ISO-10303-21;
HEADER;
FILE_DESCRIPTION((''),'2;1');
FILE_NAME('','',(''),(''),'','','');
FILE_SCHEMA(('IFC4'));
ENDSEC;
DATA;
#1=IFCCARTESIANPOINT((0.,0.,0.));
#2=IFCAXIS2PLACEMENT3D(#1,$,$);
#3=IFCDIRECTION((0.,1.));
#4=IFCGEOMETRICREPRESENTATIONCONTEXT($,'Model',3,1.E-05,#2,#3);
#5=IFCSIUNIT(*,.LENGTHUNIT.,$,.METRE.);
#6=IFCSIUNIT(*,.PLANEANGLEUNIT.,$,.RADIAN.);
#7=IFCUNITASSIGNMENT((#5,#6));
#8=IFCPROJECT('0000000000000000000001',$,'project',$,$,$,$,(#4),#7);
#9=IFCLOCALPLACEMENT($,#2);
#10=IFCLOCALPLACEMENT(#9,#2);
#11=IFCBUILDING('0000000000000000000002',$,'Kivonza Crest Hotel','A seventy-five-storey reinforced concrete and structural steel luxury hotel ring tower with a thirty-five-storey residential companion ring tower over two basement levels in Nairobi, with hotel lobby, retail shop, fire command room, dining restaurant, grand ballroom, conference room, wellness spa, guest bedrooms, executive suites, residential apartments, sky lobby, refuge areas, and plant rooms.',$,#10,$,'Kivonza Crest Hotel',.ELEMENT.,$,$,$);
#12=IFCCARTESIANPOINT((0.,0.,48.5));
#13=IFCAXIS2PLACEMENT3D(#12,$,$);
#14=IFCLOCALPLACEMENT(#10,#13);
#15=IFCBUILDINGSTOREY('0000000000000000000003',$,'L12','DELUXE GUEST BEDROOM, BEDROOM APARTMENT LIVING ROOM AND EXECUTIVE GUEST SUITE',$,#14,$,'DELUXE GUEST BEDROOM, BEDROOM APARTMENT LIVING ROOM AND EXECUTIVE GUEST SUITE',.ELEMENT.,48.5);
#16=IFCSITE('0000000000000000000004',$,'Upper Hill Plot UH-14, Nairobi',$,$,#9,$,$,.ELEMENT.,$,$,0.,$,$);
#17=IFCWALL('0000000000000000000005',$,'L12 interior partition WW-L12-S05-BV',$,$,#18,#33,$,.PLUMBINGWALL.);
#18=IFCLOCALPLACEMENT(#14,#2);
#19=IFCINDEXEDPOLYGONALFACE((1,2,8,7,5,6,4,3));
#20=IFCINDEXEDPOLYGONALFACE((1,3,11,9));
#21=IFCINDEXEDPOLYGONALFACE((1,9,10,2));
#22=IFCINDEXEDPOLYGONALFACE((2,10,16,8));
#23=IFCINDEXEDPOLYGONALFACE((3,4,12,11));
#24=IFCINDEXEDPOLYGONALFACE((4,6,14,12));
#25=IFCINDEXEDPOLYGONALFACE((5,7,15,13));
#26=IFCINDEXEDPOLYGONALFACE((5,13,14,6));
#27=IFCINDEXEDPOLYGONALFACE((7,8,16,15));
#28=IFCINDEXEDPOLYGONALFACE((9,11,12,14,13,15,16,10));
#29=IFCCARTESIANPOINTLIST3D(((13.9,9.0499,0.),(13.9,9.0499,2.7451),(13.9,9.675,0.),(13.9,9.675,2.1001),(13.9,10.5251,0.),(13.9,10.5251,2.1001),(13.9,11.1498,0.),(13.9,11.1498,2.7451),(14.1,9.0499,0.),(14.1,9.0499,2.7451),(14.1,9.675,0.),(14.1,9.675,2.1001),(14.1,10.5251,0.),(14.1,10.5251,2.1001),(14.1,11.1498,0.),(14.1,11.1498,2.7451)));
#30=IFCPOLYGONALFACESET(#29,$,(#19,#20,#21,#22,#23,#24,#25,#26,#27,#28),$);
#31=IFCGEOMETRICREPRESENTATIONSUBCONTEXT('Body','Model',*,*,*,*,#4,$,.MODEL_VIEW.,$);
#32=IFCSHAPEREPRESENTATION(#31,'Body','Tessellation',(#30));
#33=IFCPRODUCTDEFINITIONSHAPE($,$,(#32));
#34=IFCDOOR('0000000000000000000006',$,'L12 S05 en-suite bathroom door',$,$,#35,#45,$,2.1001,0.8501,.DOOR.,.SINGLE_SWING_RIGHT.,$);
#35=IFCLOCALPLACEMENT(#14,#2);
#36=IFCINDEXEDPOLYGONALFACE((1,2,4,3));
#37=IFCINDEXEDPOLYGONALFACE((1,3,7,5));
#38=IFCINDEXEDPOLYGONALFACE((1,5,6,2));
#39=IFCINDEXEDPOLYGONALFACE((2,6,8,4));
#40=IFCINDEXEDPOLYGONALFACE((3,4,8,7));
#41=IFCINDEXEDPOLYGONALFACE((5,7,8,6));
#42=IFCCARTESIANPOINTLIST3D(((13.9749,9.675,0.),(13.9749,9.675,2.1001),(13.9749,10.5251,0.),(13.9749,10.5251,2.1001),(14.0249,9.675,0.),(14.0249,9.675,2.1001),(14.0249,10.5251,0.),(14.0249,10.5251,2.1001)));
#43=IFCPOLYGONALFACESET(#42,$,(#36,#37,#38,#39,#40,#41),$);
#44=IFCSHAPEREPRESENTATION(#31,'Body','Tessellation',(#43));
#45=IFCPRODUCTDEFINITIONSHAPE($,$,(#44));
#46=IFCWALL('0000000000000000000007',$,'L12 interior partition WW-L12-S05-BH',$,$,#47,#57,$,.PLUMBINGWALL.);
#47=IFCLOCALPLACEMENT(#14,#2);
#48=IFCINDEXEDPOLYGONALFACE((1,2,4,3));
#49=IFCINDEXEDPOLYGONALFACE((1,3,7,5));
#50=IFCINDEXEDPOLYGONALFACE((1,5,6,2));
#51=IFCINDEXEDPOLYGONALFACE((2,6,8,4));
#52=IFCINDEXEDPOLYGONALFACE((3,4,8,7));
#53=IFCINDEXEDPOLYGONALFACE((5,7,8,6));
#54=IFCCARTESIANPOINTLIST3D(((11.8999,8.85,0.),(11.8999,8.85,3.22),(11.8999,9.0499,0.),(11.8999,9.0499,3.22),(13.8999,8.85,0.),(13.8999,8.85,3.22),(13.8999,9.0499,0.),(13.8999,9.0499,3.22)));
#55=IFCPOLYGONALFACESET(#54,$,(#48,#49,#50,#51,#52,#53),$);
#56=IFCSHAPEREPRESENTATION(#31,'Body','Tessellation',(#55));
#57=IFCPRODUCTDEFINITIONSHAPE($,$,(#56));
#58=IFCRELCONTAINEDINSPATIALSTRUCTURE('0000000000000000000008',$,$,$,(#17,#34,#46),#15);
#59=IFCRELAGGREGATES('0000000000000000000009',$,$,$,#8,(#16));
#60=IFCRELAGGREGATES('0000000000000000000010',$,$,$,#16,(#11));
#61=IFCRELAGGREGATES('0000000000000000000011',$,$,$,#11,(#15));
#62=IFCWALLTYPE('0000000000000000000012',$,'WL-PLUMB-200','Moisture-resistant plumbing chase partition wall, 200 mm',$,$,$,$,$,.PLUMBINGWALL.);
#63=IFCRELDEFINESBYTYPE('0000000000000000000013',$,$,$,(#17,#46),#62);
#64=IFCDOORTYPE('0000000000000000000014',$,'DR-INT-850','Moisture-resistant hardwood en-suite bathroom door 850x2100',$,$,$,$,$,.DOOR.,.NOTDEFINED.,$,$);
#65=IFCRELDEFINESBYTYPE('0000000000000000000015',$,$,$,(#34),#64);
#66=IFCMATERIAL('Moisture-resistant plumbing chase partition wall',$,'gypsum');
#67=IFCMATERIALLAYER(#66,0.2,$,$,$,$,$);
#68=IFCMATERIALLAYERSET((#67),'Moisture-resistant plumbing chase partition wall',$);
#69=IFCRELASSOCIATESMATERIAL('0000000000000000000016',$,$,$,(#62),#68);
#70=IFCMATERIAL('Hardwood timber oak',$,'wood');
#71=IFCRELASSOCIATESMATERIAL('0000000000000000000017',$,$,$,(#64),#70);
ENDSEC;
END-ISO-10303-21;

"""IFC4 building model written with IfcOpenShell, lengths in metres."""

from ifc_helpers import new_model, si_unit, direction, frame, frame_2d, origin, place, context, subcontext, project, spatial, rectangle, extrude, material, layer, layer_set, type_object, element, fill, save


model = new_model("IFC4")

# Units and contexts
model_context = context("Model", 3, precision=1e-05, world=origin(), true_north=direction((0.0, 1.0)))
body_context = subcontext(model_context, "Body", "Model", "MODEL_VIEW")
ifc_project = project(units=[si_unit("LENGTHUNIT", "METRE"), si_unit("PLANEANGLEUNIT", "RADIAN")], contexts=[model_context])

# Site, building, storey
site_placement = place(None, origin())
site = spatial("IfcSite", under=ifc_project, at=site_placement, Name="Upper Hill Plot UH-14, Nairobi", CompositionType="ELEMENT", RefElevation=0.0)
building_placement = place(site_placement, origin())
building = spatial("IfcBuilding", under=site, at=building_placement, Name="Kivonza Crest Hotel", Description="A seventy-five-storey reinforced concrete and structural steel luxury hotel ring tower with a thirty-five-storey residential companion ring tower over two basement levels in Nairobi, with hotel lobby, retail shop, fire command room, dining restaurant, grand ballroom, conference room, wellness spa, guest bedrooms, executive suites, residential apartments, sky lobby, refuge areas, and plant rooms.", LongName="Kivonza Crest Hotel", CompositionType="ELEMENT")
storey_placement = place(building_placement, frame((0.0, 0.0, 48.5)))
storey = spatial("IfcBuildingStorey", under=building, at=storey_placement, Name="L12", Description="DELUXE GUEST BEDROOM, BEDROOM APARTMENT LIVING ROOM AND EXECUTIVE GUEST SUITE", LongName="DELUXE GUEST BEDROOM, BEDROOM APARTMENT LIVING ROOM AND EXECUTIVE GUEST SUITE", CompositionType="ELEMENT", Elevation=48.5)

# Shared definitions
ifc_material_1 = material(Name="Hardwood timber oak", Category="wood")

# Shared definitions
ifc_material_2 = material(Name="Moisture-resistant plumbing chase partition wall", Category="gypsum")
ifc_layer_1 = layer(ifc_material_2, 0.2)
ifc_layer_set_1 = layer_set([ifc_layer_1], Name="Moisture-resistant plumbing chase partition wall")
wall_type_1 = type_object("IfcWallType", Name="WL-PLUMB-200", Description="Moisture-resistant plumbing chase partition wall, 200 mm", PredefinedType="PLUMBINGWALL", material=ifc_layer_set_1)
door_type_1 = type_object("IfcDoorType", Name="DR-INT-850", Description="Moisture-resistant hardwood en-suite bathroom door 850x2100", OperationType="NOTDEFINED", PredefinedType="DOOR", material=ifc_material_1)

# Wall, opening, door
wall_1_placement = place(storey_placement, frame((14.0, 9.05, 0.0), z_axis=(0.0, 0.0, 1.0), x_axis=(0.0, 1.0, 0.0)))
wall_1 = element("IfcWall", 1, at=wall_1_placement, inside=storey, type_object=wall_type_1, Name="L12 interior partition WW-L12-S05-BV", PredefinedType="PLUMBINGWALL", context=body_context, shape_type="SweptSolid", body=[
    extrude(rectangle(XDim=2.0999, YDim=0.2, at=frame_2d((1.0498, 0.0))), origin(), (0.0, 0.0, 1.0), 2.7451),
])
opening_1_placement = place(wall_1_placement, frame((0.625, 0.0, 0.0)))
opening_1 = element("IfcOpeningElement", 2, at=opening_1_placement, cuts=wall_1, PredefinedType="OPENING", context=body_context, shape_type="SweptSolid", body=[
    extrude(rectangle(XDim=0.8501, YDim=2.1001, at=frame_2d((0.425, 1.05))), frame((0.0, 0.1099, 0.0), z_axis=(0.0, -1.0, 0.0), x_axis=(1.0, 0.0, 0.0)), (0.0, 0.0, 1.0), 0.22),
])
door_1_placement = place(opening_1_placement, frame((0.8501, 0.0, 0.0), z_axis=(0.0, 0.0, 1.0), x_axis=(-1.0, 0.0, 0.0)))
door_1 = element("IfcDoor", 3, at=door_1_placement, inside=storey, type_object=door_type_1, Name="L12 S05 en-suite bathroom door", OperationType="SINGLE_SWING_RIGHT", OverallHeight=2.1001, OverallWidth=0.8501, PredefinedType="DOOR", context=body_context, shape_type="SweptSolid", body=[
    extrude(rectangle(XDim=0.8501, YDim=2.1001, at=frame_2d((0.425, 1.05))), frame((0.0, 0.0249, 0.0), z_axis=(0.0, -1.0, 0.0), x_axis=(1.0, 0.0, 0.0)), (0.0, 0.0, 1.0), 0.05),
])
fill(opening_1, door_1)

# Wall
wall_2_placement = place(storey_placement, frame((11.8999, 8.95, 0.0), z_axis=(0.0, 0.0, 1.0), x_axis=(1.0, 0.0, 0.0)))
element("IfcWall", 4, at=wall_2_placement, inside=storey, type_object=wall_type_1, Name="L12 interior partition WW-L12-S05-BH", PredefinedType="PLUMBINGWALL", context=body_context, shape_type="SweptSolid", body=[
    extrude(rectangle(XDim=2.0, YDim=0.2, at=frame_2d((1.0, 0.0))), origin(), (0.0, 0.0, 1.0), 3.22),
])

save(model, "model.ifc")
